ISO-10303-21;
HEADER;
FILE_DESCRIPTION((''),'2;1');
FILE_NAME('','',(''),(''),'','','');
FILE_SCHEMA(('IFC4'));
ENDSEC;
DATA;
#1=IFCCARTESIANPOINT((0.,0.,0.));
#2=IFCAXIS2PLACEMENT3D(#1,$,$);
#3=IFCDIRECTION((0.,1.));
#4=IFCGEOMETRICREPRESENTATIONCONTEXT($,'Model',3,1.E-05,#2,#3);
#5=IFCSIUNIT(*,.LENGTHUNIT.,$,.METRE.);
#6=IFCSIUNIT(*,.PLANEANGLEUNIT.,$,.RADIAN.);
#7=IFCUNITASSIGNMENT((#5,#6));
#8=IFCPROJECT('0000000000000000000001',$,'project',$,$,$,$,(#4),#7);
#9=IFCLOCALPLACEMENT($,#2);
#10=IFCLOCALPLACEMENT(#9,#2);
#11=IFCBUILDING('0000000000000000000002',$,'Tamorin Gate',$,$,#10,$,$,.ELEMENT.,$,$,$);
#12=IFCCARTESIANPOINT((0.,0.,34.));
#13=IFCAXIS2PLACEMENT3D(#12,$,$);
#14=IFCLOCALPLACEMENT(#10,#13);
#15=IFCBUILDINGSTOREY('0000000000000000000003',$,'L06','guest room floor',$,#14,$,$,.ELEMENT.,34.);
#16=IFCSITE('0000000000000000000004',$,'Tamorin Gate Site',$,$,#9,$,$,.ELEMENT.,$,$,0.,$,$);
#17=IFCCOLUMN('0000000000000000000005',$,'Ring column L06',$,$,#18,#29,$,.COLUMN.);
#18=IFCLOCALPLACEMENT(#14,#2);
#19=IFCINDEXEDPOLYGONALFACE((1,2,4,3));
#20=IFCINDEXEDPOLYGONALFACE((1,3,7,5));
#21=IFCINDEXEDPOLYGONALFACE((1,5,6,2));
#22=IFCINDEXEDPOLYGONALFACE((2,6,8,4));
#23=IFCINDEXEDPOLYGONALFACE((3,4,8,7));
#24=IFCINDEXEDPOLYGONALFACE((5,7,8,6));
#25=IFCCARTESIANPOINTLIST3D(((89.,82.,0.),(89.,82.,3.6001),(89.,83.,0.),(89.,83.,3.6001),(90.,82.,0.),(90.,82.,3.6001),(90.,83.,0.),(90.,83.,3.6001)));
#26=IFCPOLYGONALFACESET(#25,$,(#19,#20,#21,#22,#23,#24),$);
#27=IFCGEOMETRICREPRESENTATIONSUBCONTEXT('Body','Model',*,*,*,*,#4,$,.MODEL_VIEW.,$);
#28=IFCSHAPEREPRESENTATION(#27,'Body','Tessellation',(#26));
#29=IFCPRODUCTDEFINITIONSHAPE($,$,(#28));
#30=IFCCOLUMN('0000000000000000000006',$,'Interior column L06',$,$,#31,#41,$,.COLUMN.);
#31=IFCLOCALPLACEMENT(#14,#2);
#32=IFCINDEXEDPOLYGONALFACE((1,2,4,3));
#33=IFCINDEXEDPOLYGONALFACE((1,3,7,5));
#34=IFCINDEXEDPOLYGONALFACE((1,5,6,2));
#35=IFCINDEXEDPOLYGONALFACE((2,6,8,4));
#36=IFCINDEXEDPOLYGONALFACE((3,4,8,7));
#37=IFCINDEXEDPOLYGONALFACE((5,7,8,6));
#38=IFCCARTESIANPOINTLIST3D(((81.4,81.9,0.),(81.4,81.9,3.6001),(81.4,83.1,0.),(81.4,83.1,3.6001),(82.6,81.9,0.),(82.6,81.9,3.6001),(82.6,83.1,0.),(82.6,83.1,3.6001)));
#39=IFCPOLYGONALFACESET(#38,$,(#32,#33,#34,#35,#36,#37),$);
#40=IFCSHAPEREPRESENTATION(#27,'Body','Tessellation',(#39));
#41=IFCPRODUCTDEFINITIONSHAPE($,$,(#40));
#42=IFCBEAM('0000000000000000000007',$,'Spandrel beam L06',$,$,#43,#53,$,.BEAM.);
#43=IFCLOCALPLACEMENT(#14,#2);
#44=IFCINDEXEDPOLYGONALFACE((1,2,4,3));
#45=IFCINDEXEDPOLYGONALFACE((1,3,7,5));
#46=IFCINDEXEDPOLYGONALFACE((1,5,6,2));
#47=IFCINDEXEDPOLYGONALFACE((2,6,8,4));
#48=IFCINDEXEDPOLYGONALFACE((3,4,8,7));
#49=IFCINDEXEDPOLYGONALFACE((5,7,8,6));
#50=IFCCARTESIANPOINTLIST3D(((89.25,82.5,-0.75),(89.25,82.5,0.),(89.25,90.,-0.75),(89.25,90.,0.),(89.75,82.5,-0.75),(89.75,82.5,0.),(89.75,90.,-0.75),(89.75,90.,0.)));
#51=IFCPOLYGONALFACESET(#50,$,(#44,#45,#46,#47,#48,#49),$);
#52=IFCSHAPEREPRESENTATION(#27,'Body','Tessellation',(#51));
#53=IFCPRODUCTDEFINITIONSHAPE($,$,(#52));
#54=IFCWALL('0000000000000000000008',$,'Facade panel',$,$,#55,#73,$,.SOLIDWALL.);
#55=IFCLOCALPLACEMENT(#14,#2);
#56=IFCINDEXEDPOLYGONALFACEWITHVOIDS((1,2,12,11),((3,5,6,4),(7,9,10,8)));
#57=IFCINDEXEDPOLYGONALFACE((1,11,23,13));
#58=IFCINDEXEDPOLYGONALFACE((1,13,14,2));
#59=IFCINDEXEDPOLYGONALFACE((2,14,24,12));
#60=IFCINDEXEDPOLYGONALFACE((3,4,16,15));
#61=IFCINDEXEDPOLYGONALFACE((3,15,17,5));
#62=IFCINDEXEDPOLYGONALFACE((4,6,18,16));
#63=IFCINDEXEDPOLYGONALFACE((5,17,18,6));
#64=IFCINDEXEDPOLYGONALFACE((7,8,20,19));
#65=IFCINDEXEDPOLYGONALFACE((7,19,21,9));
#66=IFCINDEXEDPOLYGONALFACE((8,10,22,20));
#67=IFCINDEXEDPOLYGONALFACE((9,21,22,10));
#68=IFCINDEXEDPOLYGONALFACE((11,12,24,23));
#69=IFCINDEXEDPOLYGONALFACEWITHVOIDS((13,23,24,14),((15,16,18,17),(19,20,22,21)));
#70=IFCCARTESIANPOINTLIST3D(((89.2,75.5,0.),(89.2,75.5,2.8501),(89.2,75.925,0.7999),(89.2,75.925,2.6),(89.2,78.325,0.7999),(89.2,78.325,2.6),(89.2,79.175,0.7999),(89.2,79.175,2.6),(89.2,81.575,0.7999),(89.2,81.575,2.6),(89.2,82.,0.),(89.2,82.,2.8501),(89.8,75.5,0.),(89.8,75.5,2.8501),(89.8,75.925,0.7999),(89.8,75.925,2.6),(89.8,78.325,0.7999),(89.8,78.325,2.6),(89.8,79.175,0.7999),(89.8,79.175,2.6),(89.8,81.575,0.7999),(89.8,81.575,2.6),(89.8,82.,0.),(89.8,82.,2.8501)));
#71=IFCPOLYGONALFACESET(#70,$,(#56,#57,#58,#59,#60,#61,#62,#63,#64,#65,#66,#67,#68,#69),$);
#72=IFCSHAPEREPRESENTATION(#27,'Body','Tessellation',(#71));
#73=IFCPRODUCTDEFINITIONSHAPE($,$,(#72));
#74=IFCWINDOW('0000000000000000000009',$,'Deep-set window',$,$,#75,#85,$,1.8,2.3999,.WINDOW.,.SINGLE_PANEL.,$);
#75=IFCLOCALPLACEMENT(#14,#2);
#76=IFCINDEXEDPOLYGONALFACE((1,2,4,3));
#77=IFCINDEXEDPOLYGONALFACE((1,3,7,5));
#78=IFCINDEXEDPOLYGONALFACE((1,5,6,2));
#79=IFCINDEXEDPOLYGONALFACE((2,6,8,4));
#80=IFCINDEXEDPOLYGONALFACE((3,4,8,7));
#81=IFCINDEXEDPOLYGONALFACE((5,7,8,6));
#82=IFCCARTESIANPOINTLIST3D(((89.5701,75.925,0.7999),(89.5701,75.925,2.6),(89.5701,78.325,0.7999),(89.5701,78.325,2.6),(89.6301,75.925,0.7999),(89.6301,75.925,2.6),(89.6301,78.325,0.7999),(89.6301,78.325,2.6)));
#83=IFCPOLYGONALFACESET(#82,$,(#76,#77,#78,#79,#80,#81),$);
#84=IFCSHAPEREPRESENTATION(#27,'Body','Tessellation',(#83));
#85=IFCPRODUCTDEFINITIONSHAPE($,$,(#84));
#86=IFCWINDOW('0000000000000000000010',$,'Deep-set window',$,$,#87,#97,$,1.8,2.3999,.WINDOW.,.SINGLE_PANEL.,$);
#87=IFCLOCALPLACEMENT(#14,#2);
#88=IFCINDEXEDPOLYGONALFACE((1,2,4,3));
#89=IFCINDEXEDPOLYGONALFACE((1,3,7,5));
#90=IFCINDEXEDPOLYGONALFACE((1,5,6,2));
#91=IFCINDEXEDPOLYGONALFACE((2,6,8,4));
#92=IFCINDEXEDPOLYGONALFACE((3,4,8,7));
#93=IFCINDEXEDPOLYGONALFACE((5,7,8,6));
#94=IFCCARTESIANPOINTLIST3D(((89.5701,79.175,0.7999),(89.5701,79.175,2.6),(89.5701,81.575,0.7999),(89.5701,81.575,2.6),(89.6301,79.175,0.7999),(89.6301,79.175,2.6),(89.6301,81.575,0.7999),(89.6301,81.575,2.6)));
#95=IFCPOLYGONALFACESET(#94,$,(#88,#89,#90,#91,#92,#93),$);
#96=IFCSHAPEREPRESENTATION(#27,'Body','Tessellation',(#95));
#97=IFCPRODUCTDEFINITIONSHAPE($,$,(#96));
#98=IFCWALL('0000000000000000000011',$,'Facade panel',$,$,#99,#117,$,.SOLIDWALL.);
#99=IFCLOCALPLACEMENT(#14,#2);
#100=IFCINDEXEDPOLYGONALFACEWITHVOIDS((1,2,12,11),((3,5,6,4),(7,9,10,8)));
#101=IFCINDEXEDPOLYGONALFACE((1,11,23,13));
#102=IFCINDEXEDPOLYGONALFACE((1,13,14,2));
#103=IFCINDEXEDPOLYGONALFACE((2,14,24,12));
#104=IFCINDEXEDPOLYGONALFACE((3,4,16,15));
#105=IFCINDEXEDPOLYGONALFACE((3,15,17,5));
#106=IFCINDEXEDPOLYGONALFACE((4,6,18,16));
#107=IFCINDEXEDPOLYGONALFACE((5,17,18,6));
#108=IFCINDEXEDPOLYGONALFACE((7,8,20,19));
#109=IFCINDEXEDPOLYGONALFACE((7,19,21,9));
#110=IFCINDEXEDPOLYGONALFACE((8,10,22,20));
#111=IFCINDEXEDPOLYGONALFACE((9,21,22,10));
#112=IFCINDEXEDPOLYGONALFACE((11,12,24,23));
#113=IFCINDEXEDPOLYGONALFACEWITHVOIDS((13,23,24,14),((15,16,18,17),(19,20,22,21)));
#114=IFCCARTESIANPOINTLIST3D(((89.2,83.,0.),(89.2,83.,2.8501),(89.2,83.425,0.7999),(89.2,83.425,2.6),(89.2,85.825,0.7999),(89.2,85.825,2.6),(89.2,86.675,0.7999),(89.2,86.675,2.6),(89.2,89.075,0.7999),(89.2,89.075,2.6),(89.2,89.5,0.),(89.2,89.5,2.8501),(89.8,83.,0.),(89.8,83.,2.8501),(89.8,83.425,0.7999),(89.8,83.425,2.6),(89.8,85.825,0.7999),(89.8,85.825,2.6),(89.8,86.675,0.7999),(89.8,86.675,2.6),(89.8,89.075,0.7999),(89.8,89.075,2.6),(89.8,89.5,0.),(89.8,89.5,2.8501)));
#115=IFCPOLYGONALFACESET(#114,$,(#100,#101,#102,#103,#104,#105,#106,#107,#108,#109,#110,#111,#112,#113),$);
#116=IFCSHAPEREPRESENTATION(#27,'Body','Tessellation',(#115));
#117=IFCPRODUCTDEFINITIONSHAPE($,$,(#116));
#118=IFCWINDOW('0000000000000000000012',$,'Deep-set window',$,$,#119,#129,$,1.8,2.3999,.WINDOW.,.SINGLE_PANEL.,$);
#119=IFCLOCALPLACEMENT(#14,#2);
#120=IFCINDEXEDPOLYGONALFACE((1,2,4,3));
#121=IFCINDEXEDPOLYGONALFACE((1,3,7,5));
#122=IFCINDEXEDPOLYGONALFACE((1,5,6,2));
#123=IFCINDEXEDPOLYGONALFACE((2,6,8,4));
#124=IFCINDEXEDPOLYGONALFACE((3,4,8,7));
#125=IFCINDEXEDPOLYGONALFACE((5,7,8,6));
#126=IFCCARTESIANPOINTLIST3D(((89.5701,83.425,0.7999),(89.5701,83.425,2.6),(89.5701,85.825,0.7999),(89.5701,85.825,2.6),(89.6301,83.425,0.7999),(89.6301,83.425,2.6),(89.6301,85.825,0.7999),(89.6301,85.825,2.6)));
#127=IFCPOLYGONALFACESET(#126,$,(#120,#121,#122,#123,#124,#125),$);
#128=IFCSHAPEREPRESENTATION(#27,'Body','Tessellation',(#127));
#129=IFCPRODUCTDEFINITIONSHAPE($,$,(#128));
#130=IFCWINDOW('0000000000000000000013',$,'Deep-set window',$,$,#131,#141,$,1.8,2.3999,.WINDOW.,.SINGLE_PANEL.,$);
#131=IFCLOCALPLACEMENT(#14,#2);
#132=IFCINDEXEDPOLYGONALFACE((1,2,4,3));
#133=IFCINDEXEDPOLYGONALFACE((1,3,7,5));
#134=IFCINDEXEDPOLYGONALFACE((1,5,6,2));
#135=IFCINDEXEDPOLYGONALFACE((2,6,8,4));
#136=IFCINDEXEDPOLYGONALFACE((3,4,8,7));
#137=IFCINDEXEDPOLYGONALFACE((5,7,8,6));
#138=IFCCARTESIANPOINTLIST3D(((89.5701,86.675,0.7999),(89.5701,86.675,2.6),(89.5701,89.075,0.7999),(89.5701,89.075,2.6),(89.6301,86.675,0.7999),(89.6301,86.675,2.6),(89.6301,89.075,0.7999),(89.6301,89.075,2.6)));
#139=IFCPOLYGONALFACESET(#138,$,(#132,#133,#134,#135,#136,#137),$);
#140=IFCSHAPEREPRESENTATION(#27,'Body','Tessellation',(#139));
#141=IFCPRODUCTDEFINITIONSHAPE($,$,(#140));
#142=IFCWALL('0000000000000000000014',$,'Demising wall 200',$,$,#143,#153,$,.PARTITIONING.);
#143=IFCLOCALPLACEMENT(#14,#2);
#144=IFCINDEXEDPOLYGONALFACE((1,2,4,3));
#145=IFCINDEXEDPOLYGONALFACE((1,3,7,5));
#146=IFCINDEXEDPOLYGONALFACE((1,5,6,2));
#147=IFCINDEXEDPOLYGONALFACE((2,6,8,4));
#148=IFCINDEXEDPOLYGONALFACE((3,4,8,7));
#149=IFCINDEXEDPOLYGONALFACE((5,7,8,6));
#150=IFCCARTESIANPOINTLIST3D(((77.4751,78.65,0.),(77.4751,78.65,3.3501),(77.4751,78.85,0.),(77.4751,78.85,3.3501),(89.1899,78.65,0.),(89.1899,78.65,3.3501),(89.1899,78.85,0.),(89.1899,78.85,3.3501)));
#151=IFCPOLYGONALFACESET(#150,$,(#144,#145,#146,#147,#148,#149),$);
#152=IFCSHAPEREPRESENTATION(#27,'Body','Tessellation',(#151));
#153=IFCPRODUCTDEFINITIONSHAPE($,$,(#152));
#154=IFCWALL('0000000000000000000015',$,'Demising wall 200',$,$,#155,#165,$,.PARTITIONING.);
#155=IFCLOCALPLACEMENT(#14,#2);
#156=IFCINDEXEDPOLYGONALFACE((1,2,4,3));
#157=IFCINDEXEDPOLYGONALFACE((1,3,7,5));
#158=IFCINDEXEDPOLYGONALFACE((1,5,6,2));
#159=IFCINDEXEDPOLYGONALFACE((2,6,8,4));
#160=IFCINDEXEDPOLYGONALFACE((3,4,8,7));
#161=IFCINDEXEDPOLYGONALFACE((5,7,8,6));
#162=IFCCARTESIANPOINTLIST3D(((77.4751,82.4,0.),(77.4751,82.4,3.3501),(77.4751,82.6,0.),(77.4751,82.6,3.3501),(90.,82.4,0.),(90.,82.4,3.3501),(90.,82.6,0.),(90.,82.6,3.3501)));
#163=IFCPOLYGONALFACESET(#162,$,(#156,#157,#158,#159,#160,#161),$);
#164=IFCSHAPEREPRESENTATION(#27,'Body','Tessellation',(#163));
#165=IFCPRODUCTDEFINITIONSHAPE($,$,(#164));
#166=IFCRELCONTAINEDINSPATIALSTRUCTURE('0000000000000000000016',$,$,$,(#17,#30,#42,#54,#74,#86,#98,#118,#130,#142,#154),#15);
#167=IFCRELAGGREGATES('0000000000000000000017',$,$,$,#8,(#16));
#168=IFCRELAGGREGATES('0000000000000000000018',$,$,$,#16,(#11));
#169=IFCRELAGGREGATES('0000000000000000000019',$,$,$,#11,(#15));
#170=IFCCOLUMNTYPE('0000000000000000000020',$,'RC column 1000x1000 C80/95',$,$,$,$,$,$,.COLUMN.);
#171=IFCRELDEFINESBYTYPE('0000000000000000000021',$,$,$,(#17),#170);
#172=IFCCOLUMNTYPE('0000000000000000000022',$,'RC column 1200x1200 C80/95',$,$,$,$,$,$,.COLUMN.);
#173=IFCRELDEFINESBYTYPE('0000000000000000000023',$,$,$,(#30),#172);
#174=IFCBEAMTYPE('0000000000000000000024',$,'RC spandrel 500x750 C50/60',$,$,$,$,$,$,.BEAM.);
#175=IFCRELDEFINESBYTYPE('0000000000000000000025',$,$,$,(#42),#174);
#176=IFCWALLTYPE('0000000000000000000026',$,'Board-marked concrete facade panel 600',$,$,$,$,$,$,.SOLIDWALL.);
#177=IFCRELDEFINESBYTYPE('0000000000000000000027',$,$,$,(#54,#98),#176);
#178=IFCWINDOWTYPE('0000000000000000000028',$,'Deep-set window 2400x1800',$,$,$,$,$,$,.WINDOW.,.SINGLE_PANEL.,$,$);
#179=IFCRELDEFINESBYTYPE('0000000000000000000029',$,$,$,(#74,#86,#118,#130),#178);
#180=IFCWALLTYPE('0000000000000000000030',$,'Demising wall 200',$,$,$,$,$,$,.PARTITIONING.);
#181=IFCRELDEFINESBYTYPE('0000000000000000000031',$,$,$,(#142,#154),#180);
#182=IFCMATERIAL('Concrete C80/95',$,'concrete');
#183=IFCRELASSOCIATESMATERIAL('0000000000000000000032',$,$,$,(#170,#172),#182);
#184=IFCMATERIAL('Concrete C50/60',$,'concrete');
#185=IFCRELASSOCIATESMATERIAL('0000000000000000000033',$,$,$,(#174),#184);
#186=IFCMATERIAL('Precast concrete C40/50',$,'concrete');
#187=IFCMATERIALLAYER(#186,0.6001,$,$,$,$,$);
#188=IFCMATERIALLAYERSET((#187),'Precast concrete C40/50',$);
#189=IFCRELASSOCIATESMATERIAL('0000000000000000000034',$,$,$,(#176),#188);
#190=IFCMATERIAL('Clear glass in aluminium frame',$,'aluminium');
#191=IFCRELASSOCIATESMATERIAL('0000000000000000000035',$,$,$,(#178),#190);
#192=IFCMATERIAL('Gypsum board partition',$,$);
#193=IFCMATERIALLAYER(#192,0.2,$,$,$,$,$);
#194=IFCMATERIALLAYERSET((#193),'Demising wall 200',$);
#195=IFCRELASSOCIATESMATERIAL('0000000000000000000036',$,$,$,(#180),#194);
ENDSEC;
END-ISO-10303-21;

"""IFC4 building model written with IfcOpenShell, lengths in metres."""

from ifc_helpers import new_model, si_unit, direction, frame, frame_2d, origin, origin_2d, place, context, subcontext, project, spatial, rectangle, extrude, material, layer, layer_set, material_profile, profile_set, type_object, element, fill, save


model = new_model("IFC4")

# Units and contexts
model_context = context("Model", 3, precision=1e-05, world=origin(), true_north=direction((0.0, 1.0)))
body_context = subcontext(model_context, "Body", "Model", "MODEL_VIEW")
ifc_project = project(units=[si_unit("LENGTHUNIT", "METRE"), si_unit("PLANEANGLEUNIT", "RADIAN")], contexts=[model_context])

# Site, building, storey
site_placement = place(None, origin())
site = spatial("IfcSite", under=ifc_project, at=site_placement, Name="Tamorin Gate Site", CompositionType="ELEMENT", RefElevation=0.0)
building_placement = place(site_placement, origin())
building = spatial("IfcBuilding", under=site, at=building_placement, Name="Tamorin Gate", CompositionType="ELEMENT")
storey_placement = place(building_placement, frame((0.0, 0.0, 34.0)))
storey = spatial("IfcBuildingStorey", under=building, at=storey_placement, Name="L06", Description="guest room floor", CompositionType="ELEMENT", Elevation=34.0)

# Columns
ifc_material_1 = material(Name="Concrete C80/95", Category="concrete")
ifc_material_profile_1 = material_profile(ifc_material_1, rectangle(XDim=1.0, YDim=1.0, at=origin_2d()), Name="RC 1000x1000")
ifc_profile_set_1 = profile_set([ifc_material_profile_1], Name="Concrete C80/95")
column_type_1 = type_object("IfcColumnType", Name="RC column 1000x1000 C80/95", PredefinedType="COLUMN", material=ifc_profile_set_1)
column_1_placement = place(storey_placement, frame((89.5, 82.5, 0.0), z_axis=(0.0, 0.0, 1.0), x_axis=(1.0, 0.0, 0.0)))
element("IfcColumn", 1, at=column_1_placement, inside=storey, type_object=column_type_1, Name="Ring column L06", PredefinedType="COLUMN", context=body_context, shape_type="SweptSolid", body=[
    extrude(rectangle(XDim=1.0, YDim=1.0, at=origin_2d()), origin(), (0.0, 0.0, 1.0), 3.6001),
])
ifc_material_profile_2 = material_profile(ifc_material_1, rectangle(XDim=1.2, YDim=1.2, at=origin_2d()), Name="RC 1200x1200")
ifc_profile_set_2 = profile_set([ifc_material_profile_2], Name="Concrete C80/95")
column_type_2 = type_object("IfcColumnType", Name="RC column 1200x1200 C80/95", PredefinedType="COLUMN", material=ifc_profile_set_2)
column_2_placement = place(storey_placement, frame((82.0, 82.5, 0.0), z_axis=(0.0, 0.0, 1.0), x_axis=(1.0, 0.0, 0.0)))
element("IfcColumn", 2, at=column_2_placement, inside=storey, type_object=column_type_2, Name="Interior column L06", PredefinedType="COLUMN", context=body_context, shape_type="SweptSolid", body=[
    extrude(rectangle(XDim=1.2, YDim=1.2, at=origin_2d()), origin(), (0.0, 0.0, 1.0), 3.6001),
])

# Beam
ifc_material_2 = material(Name="Concrete C50/60", Category="concrete")
ifc_material_profile_3 = material_profile(ifc_material_2, rectangle(XDim=0.5, YDim=0.75, at=origin_2d()), Name="RC 500x750")
ifc_profile_set_3 = profile_set([ifc_material_profile_3], Name="Concrete C50/60")
beam_type = type_object("IfcBeamType", Name="RC spandrel 500x750 C50/60", PredefinedType="BEAM", material=ifc_profile_set_3)
beam_placement = place(storey_placement, frame((89.5, 82.5, -0.375), z_axis=(0.0, 1.0, 0.0), x_axis=(-1.0, 0.0, 0.0)))
element("IfcBeam", 3, at=beam_placement, inside=storey, type_object=beam_type, Name="Spandrel beam L06", PredefinedType="BEAM", context=body_context, shape_type="SweptSolid", body=[
    extrude(rectangle(XDim=0.5, YDim=0.75, at=origin_2d()), origin(), (0.0, 0.0, 1.0), 7.5),
])

# Walls, openings, windows
ifc_material_3 = material(Name="Precast concrete C40/50", Category="concrete")
ifc_layer_1 = layer(ifc_material_3, 0.6001)
ifc_layer_set_1 = layer_set([ifc_layer_1], Name="Precast concrete C40/50")
wall_type_1 = type_object("IfcWallType", Name="Board-marked concrete facade panel 600", PredefinedType="SOLIDWALL", material=ifc_layer_set_1)
wall_1_placement = place(storey_placement, frame((89.5, 75.5, 0.0), z_axis=(0.0, 0.0, 1.0), x_axis=(0.0, 1.0, 0.0)))
wall_1 = element("IfcWall", 4, at=wall_1_placement, inside=storey, type_object=wall_type_1, Name="Facade panel", PredefinedType="SOLIDWALL", context=body_context, shape_type="SweptSolid", body=[
    extrude(rectangle(XDim=6.5, YDim=0.6001, at=frame_2d((3.25, 0.0))), origin(), (0.0, 0.0, 1.0), 2.8501),
])
opening_1_placement = place(wall_1_placement, frame((0.425, 0.0, 0.8)))
opening_1 = element("IfcOpeningElement", 5, at=opening_1_placement, cuts=wall_1, PredefinedType="OPENING", context=body_context, shape_type="SweptSolid", body=[
    extrude(rectangle(XDim=2.3999, YDim=1.8, at=frame_2d((1.2, 0.8999))), frame((0.0, 0.3101, 0.0), z_axis=(0.0, -1.0, 0.0), x_axis=(1.0, 0.0, 0.0)), (0.0, 0.0, 1.0), 0.6201),
])
opening_2_placement = place(wall_1_placement, frame((3.675, 0.0, 0.8)))
opening_2 = element("IfcOpeningElement", 6, at=opening_2_placement, cuts=wall_1, PredefinedType="OPENING", context=body_context, shape_type="SweptSolid", body=[
    extrude(rectangle(XDim=2.3999, YDim=1.8, at=frame_2d((1.2, 0.8999))), frame((0.0, 0.3101, 0.0), z_axis=(0.0, -1.0, 0.0), x_axis=(1.0, 0.0, 0.0)), (0.0, 0.0, 1.0), 0.6201),
])
ifc_material_4 = material(Name="Clear glass in aluminium frame", Category="aluminium")
window_type = type_object("IfcWindowType", Name="Deep-set window 2400x1800", PartitioningType="SINGLE_PANEL", PredefinedType="WINDOW", material=ifc_material_4)
window_1_placement = place(opening_1_placement, origin())
window_1 = element("IfcWindow", 7, at=window_1_placement, inside=storey, type_object=window_type, Name="Deep-set window", OverallHeight=1.8, OverallWidth=2.3999, PartitioningType="SINGLE_PANEL", PredefinedType="WINDOW", context=body_context, shape_type="SweptSolid", body=[
    extrude(rectangle(XDim=2.3999, YDim=1.8, at=frame_2d((1.2, 0.8999))), frame((0.0, -0.0701, 0.0), z_axis=(0.0, -1.0, 0.0), x_axis=(1.0, 0.0, 0.0)), (0.0, 0.0, 1.0), 0.0601),
])
fill(opening_1, window_1)
window_2_placement = place(opening_2_placement, origin())
window_2 = element("IfcWindow", 8, at=window_2_placement, inside=storey, type_object=window_type, Name="Deep-set window", OverallHeight=1.8, OverallWidth=2.3999, PartitioningType="SINGLE_PANEL", PredefinedType="WINDOW", context=body_context, shape_type="SweptSolid", body=[
    extrude(rectangle(XDim=2.3999, YDim=1.8, at=frame_2d((1.2, 0.8999))), frame((0.0, -0.0701, 0.0), z_axis=(0.0, -1.0, 0.0), x_axis=(1.0, 0.0, 0.0)), (0.0, 0.0, 1.0), 0.0601),
])
fill(opening_2, window_2)
wall_2_placement = place(storey_placement, frame((89.5, 83.0, 0.0), z_axis=(0.0, 0.0, 1.0), x_axis=(0.0, 1.0, 0.0)))
wall_2 = element("IfcWall", 9, at=wall_2_placement, inside=storey, type_object=wall_type_1, Name="Facade panel", PredefinedType="SOLIDWALL", context=body_context, shape_type="SweptSolid", body=[
    extrude(rectangle(XDim=6.5, YDim=0.6001, at=frame_2d((3.25, 0.0))), origin(), (0.0, 0.0, 1.0), 2.8501),
])
opening_3_placement = place(wall_2_placement, frame((0.425, 0.0, 0.8)))
opening_3 = element("IfcOpeningElement", 10, at=opening_3_placement, cuts=wall_2, PredefinedType="OPENING", context=body_context, shape_type="SweptSolid", body=[
    extrude(rectangle(XDim=2.3999, YDim=1.8, at=frame_2d((1.2, 0.8999))), frame((0.0, 0.3101, 0.0), z_axis=(0.0, -1.0, 0.0), x_axis=(1.0, 0.0, 0.0)), (0.0, 0.0, 1.0), 0.6201),
])
opening_4_placement = place(wall_2_placement, frame((3.675, 0.0, 0.8)))
opening_4 = element("IfcOpeningElement", 11, at=opening_4_placement, cuts=wall_2, PredefinedType="OPENING", context=body_context, shape_type="SweptSolid", body=[
    extrude(rectangle(XDim=2.3999, YDim=1.8, at=frame_2d((1.2, 0.8999))), frame((0.0, 0.3101, 0.0), z_axis=(0.0, -1.0, 0.0), x_axis=(1.0, 0.0, 0.0)), (0.0, 0.0, 1.0), 0.6201),
])
window_3_placement = place(opening_3_placement, origin())
window_3 = element("IfcWindow", 12, at=window_3_placement, inside=storey, type_object=window_type, Name="Deep-set window", OverallHeight=1.8, OverallWidth=2.3999, PartitioningType="SINGLE_PANEL", PredefinedType="WINDOW", context=body_context, shape_type="SweptSolid", body=[
    extrude(rectangle(XDim=2.3999, YDim=1.8, at=frame_2d((1.2, 0.8999))), frame((0.0, -0.0701, 0.0), z_axis=(0.0, -1.0, 0.0), x_axis=(1.0, 0.0, 0.0)), (0.0, 0.0, 1.0), 0.0601),
])
fill(opening_3, window_3)
window_4_placement = place(opening_4_placement, origin())
window_4 = element("IfcWindow", 13, at=window_4_placement, inside=storey, type_object=window_type, Name="Deep-set window", OverallHeight=1.8, OverallWidth=2.3999, PartitioningType="SINGLE_PANEL", PredefinedType="WINDOW", context=body_context, shape_type="SweptSolid", body=[
    extrude(rectangle(XDim=2.3999, YDim=1.8, at=frame_2d((1.2, 0.8999))), frame((0.0, -0.0701, 0.0), z_axis=(0.0, -1.0, 0.0), x_axis=(1.0, 0.0, 0.0)), (0.0, 0.0, 1.0), 0.0601),
])
fill(opening_4, window_4)

# Walls
ifc_material_5 = material(Name="Gypsum board partition")
ifc_layer_2 = layer(ifc_material_5, 0.2)
ifc_layer_set_2 = layer_set([ifc_layer_2], Name="Demising wall 200")
wall_type_2 = type_object("IfcWallType", Name="Demising wall 200", PredefinedType="PARTITIONING", material=ifc_layer_set_2)
wall_3_placement = place(storey_placement, frame((77.4751, 78.75, 0.0), z_axis=(0.0, 0.0, 1.0), x_axis=(1.0, 0.0, 0.0)))
element("IfcWall", 14, at=wall_3_placement, inside=storey, type_object=wall_type_2, Name="Demising wall 200", PredefinedType="PARTITIONING", context=body_context, shape_type="SweptSolid", body=[
    extrude(rectangle(XDim=11.7148, YDim=0.2, at=frame_2d((5.8574, 0.0))), origin(), (0.0, 0.0, 1.0), 3.3501),
])
wall_4_placement = place(storey_placement, frame((77.4751, 82.5, 0.0), z_axis=(0.0, 0.0, 1.0), x_axis=(1.0, 0.0, 0.0)))
element("IfcWall", 15, at=wall_4_placement, inside=storey, type_object=wall_type_2, Name="Demising wall 200", PredefinedType="PARTITIONING", context=body_context, shape_type="SweptSolid", body=[
    extrude(rectangle(XDim=12.5249, YDim=0.2, at=frame_2d((6.2625, 0.0))), origin(), (0.0, 0.0, 1.0), 3.3501),
])

save(model, "model.ifc")
